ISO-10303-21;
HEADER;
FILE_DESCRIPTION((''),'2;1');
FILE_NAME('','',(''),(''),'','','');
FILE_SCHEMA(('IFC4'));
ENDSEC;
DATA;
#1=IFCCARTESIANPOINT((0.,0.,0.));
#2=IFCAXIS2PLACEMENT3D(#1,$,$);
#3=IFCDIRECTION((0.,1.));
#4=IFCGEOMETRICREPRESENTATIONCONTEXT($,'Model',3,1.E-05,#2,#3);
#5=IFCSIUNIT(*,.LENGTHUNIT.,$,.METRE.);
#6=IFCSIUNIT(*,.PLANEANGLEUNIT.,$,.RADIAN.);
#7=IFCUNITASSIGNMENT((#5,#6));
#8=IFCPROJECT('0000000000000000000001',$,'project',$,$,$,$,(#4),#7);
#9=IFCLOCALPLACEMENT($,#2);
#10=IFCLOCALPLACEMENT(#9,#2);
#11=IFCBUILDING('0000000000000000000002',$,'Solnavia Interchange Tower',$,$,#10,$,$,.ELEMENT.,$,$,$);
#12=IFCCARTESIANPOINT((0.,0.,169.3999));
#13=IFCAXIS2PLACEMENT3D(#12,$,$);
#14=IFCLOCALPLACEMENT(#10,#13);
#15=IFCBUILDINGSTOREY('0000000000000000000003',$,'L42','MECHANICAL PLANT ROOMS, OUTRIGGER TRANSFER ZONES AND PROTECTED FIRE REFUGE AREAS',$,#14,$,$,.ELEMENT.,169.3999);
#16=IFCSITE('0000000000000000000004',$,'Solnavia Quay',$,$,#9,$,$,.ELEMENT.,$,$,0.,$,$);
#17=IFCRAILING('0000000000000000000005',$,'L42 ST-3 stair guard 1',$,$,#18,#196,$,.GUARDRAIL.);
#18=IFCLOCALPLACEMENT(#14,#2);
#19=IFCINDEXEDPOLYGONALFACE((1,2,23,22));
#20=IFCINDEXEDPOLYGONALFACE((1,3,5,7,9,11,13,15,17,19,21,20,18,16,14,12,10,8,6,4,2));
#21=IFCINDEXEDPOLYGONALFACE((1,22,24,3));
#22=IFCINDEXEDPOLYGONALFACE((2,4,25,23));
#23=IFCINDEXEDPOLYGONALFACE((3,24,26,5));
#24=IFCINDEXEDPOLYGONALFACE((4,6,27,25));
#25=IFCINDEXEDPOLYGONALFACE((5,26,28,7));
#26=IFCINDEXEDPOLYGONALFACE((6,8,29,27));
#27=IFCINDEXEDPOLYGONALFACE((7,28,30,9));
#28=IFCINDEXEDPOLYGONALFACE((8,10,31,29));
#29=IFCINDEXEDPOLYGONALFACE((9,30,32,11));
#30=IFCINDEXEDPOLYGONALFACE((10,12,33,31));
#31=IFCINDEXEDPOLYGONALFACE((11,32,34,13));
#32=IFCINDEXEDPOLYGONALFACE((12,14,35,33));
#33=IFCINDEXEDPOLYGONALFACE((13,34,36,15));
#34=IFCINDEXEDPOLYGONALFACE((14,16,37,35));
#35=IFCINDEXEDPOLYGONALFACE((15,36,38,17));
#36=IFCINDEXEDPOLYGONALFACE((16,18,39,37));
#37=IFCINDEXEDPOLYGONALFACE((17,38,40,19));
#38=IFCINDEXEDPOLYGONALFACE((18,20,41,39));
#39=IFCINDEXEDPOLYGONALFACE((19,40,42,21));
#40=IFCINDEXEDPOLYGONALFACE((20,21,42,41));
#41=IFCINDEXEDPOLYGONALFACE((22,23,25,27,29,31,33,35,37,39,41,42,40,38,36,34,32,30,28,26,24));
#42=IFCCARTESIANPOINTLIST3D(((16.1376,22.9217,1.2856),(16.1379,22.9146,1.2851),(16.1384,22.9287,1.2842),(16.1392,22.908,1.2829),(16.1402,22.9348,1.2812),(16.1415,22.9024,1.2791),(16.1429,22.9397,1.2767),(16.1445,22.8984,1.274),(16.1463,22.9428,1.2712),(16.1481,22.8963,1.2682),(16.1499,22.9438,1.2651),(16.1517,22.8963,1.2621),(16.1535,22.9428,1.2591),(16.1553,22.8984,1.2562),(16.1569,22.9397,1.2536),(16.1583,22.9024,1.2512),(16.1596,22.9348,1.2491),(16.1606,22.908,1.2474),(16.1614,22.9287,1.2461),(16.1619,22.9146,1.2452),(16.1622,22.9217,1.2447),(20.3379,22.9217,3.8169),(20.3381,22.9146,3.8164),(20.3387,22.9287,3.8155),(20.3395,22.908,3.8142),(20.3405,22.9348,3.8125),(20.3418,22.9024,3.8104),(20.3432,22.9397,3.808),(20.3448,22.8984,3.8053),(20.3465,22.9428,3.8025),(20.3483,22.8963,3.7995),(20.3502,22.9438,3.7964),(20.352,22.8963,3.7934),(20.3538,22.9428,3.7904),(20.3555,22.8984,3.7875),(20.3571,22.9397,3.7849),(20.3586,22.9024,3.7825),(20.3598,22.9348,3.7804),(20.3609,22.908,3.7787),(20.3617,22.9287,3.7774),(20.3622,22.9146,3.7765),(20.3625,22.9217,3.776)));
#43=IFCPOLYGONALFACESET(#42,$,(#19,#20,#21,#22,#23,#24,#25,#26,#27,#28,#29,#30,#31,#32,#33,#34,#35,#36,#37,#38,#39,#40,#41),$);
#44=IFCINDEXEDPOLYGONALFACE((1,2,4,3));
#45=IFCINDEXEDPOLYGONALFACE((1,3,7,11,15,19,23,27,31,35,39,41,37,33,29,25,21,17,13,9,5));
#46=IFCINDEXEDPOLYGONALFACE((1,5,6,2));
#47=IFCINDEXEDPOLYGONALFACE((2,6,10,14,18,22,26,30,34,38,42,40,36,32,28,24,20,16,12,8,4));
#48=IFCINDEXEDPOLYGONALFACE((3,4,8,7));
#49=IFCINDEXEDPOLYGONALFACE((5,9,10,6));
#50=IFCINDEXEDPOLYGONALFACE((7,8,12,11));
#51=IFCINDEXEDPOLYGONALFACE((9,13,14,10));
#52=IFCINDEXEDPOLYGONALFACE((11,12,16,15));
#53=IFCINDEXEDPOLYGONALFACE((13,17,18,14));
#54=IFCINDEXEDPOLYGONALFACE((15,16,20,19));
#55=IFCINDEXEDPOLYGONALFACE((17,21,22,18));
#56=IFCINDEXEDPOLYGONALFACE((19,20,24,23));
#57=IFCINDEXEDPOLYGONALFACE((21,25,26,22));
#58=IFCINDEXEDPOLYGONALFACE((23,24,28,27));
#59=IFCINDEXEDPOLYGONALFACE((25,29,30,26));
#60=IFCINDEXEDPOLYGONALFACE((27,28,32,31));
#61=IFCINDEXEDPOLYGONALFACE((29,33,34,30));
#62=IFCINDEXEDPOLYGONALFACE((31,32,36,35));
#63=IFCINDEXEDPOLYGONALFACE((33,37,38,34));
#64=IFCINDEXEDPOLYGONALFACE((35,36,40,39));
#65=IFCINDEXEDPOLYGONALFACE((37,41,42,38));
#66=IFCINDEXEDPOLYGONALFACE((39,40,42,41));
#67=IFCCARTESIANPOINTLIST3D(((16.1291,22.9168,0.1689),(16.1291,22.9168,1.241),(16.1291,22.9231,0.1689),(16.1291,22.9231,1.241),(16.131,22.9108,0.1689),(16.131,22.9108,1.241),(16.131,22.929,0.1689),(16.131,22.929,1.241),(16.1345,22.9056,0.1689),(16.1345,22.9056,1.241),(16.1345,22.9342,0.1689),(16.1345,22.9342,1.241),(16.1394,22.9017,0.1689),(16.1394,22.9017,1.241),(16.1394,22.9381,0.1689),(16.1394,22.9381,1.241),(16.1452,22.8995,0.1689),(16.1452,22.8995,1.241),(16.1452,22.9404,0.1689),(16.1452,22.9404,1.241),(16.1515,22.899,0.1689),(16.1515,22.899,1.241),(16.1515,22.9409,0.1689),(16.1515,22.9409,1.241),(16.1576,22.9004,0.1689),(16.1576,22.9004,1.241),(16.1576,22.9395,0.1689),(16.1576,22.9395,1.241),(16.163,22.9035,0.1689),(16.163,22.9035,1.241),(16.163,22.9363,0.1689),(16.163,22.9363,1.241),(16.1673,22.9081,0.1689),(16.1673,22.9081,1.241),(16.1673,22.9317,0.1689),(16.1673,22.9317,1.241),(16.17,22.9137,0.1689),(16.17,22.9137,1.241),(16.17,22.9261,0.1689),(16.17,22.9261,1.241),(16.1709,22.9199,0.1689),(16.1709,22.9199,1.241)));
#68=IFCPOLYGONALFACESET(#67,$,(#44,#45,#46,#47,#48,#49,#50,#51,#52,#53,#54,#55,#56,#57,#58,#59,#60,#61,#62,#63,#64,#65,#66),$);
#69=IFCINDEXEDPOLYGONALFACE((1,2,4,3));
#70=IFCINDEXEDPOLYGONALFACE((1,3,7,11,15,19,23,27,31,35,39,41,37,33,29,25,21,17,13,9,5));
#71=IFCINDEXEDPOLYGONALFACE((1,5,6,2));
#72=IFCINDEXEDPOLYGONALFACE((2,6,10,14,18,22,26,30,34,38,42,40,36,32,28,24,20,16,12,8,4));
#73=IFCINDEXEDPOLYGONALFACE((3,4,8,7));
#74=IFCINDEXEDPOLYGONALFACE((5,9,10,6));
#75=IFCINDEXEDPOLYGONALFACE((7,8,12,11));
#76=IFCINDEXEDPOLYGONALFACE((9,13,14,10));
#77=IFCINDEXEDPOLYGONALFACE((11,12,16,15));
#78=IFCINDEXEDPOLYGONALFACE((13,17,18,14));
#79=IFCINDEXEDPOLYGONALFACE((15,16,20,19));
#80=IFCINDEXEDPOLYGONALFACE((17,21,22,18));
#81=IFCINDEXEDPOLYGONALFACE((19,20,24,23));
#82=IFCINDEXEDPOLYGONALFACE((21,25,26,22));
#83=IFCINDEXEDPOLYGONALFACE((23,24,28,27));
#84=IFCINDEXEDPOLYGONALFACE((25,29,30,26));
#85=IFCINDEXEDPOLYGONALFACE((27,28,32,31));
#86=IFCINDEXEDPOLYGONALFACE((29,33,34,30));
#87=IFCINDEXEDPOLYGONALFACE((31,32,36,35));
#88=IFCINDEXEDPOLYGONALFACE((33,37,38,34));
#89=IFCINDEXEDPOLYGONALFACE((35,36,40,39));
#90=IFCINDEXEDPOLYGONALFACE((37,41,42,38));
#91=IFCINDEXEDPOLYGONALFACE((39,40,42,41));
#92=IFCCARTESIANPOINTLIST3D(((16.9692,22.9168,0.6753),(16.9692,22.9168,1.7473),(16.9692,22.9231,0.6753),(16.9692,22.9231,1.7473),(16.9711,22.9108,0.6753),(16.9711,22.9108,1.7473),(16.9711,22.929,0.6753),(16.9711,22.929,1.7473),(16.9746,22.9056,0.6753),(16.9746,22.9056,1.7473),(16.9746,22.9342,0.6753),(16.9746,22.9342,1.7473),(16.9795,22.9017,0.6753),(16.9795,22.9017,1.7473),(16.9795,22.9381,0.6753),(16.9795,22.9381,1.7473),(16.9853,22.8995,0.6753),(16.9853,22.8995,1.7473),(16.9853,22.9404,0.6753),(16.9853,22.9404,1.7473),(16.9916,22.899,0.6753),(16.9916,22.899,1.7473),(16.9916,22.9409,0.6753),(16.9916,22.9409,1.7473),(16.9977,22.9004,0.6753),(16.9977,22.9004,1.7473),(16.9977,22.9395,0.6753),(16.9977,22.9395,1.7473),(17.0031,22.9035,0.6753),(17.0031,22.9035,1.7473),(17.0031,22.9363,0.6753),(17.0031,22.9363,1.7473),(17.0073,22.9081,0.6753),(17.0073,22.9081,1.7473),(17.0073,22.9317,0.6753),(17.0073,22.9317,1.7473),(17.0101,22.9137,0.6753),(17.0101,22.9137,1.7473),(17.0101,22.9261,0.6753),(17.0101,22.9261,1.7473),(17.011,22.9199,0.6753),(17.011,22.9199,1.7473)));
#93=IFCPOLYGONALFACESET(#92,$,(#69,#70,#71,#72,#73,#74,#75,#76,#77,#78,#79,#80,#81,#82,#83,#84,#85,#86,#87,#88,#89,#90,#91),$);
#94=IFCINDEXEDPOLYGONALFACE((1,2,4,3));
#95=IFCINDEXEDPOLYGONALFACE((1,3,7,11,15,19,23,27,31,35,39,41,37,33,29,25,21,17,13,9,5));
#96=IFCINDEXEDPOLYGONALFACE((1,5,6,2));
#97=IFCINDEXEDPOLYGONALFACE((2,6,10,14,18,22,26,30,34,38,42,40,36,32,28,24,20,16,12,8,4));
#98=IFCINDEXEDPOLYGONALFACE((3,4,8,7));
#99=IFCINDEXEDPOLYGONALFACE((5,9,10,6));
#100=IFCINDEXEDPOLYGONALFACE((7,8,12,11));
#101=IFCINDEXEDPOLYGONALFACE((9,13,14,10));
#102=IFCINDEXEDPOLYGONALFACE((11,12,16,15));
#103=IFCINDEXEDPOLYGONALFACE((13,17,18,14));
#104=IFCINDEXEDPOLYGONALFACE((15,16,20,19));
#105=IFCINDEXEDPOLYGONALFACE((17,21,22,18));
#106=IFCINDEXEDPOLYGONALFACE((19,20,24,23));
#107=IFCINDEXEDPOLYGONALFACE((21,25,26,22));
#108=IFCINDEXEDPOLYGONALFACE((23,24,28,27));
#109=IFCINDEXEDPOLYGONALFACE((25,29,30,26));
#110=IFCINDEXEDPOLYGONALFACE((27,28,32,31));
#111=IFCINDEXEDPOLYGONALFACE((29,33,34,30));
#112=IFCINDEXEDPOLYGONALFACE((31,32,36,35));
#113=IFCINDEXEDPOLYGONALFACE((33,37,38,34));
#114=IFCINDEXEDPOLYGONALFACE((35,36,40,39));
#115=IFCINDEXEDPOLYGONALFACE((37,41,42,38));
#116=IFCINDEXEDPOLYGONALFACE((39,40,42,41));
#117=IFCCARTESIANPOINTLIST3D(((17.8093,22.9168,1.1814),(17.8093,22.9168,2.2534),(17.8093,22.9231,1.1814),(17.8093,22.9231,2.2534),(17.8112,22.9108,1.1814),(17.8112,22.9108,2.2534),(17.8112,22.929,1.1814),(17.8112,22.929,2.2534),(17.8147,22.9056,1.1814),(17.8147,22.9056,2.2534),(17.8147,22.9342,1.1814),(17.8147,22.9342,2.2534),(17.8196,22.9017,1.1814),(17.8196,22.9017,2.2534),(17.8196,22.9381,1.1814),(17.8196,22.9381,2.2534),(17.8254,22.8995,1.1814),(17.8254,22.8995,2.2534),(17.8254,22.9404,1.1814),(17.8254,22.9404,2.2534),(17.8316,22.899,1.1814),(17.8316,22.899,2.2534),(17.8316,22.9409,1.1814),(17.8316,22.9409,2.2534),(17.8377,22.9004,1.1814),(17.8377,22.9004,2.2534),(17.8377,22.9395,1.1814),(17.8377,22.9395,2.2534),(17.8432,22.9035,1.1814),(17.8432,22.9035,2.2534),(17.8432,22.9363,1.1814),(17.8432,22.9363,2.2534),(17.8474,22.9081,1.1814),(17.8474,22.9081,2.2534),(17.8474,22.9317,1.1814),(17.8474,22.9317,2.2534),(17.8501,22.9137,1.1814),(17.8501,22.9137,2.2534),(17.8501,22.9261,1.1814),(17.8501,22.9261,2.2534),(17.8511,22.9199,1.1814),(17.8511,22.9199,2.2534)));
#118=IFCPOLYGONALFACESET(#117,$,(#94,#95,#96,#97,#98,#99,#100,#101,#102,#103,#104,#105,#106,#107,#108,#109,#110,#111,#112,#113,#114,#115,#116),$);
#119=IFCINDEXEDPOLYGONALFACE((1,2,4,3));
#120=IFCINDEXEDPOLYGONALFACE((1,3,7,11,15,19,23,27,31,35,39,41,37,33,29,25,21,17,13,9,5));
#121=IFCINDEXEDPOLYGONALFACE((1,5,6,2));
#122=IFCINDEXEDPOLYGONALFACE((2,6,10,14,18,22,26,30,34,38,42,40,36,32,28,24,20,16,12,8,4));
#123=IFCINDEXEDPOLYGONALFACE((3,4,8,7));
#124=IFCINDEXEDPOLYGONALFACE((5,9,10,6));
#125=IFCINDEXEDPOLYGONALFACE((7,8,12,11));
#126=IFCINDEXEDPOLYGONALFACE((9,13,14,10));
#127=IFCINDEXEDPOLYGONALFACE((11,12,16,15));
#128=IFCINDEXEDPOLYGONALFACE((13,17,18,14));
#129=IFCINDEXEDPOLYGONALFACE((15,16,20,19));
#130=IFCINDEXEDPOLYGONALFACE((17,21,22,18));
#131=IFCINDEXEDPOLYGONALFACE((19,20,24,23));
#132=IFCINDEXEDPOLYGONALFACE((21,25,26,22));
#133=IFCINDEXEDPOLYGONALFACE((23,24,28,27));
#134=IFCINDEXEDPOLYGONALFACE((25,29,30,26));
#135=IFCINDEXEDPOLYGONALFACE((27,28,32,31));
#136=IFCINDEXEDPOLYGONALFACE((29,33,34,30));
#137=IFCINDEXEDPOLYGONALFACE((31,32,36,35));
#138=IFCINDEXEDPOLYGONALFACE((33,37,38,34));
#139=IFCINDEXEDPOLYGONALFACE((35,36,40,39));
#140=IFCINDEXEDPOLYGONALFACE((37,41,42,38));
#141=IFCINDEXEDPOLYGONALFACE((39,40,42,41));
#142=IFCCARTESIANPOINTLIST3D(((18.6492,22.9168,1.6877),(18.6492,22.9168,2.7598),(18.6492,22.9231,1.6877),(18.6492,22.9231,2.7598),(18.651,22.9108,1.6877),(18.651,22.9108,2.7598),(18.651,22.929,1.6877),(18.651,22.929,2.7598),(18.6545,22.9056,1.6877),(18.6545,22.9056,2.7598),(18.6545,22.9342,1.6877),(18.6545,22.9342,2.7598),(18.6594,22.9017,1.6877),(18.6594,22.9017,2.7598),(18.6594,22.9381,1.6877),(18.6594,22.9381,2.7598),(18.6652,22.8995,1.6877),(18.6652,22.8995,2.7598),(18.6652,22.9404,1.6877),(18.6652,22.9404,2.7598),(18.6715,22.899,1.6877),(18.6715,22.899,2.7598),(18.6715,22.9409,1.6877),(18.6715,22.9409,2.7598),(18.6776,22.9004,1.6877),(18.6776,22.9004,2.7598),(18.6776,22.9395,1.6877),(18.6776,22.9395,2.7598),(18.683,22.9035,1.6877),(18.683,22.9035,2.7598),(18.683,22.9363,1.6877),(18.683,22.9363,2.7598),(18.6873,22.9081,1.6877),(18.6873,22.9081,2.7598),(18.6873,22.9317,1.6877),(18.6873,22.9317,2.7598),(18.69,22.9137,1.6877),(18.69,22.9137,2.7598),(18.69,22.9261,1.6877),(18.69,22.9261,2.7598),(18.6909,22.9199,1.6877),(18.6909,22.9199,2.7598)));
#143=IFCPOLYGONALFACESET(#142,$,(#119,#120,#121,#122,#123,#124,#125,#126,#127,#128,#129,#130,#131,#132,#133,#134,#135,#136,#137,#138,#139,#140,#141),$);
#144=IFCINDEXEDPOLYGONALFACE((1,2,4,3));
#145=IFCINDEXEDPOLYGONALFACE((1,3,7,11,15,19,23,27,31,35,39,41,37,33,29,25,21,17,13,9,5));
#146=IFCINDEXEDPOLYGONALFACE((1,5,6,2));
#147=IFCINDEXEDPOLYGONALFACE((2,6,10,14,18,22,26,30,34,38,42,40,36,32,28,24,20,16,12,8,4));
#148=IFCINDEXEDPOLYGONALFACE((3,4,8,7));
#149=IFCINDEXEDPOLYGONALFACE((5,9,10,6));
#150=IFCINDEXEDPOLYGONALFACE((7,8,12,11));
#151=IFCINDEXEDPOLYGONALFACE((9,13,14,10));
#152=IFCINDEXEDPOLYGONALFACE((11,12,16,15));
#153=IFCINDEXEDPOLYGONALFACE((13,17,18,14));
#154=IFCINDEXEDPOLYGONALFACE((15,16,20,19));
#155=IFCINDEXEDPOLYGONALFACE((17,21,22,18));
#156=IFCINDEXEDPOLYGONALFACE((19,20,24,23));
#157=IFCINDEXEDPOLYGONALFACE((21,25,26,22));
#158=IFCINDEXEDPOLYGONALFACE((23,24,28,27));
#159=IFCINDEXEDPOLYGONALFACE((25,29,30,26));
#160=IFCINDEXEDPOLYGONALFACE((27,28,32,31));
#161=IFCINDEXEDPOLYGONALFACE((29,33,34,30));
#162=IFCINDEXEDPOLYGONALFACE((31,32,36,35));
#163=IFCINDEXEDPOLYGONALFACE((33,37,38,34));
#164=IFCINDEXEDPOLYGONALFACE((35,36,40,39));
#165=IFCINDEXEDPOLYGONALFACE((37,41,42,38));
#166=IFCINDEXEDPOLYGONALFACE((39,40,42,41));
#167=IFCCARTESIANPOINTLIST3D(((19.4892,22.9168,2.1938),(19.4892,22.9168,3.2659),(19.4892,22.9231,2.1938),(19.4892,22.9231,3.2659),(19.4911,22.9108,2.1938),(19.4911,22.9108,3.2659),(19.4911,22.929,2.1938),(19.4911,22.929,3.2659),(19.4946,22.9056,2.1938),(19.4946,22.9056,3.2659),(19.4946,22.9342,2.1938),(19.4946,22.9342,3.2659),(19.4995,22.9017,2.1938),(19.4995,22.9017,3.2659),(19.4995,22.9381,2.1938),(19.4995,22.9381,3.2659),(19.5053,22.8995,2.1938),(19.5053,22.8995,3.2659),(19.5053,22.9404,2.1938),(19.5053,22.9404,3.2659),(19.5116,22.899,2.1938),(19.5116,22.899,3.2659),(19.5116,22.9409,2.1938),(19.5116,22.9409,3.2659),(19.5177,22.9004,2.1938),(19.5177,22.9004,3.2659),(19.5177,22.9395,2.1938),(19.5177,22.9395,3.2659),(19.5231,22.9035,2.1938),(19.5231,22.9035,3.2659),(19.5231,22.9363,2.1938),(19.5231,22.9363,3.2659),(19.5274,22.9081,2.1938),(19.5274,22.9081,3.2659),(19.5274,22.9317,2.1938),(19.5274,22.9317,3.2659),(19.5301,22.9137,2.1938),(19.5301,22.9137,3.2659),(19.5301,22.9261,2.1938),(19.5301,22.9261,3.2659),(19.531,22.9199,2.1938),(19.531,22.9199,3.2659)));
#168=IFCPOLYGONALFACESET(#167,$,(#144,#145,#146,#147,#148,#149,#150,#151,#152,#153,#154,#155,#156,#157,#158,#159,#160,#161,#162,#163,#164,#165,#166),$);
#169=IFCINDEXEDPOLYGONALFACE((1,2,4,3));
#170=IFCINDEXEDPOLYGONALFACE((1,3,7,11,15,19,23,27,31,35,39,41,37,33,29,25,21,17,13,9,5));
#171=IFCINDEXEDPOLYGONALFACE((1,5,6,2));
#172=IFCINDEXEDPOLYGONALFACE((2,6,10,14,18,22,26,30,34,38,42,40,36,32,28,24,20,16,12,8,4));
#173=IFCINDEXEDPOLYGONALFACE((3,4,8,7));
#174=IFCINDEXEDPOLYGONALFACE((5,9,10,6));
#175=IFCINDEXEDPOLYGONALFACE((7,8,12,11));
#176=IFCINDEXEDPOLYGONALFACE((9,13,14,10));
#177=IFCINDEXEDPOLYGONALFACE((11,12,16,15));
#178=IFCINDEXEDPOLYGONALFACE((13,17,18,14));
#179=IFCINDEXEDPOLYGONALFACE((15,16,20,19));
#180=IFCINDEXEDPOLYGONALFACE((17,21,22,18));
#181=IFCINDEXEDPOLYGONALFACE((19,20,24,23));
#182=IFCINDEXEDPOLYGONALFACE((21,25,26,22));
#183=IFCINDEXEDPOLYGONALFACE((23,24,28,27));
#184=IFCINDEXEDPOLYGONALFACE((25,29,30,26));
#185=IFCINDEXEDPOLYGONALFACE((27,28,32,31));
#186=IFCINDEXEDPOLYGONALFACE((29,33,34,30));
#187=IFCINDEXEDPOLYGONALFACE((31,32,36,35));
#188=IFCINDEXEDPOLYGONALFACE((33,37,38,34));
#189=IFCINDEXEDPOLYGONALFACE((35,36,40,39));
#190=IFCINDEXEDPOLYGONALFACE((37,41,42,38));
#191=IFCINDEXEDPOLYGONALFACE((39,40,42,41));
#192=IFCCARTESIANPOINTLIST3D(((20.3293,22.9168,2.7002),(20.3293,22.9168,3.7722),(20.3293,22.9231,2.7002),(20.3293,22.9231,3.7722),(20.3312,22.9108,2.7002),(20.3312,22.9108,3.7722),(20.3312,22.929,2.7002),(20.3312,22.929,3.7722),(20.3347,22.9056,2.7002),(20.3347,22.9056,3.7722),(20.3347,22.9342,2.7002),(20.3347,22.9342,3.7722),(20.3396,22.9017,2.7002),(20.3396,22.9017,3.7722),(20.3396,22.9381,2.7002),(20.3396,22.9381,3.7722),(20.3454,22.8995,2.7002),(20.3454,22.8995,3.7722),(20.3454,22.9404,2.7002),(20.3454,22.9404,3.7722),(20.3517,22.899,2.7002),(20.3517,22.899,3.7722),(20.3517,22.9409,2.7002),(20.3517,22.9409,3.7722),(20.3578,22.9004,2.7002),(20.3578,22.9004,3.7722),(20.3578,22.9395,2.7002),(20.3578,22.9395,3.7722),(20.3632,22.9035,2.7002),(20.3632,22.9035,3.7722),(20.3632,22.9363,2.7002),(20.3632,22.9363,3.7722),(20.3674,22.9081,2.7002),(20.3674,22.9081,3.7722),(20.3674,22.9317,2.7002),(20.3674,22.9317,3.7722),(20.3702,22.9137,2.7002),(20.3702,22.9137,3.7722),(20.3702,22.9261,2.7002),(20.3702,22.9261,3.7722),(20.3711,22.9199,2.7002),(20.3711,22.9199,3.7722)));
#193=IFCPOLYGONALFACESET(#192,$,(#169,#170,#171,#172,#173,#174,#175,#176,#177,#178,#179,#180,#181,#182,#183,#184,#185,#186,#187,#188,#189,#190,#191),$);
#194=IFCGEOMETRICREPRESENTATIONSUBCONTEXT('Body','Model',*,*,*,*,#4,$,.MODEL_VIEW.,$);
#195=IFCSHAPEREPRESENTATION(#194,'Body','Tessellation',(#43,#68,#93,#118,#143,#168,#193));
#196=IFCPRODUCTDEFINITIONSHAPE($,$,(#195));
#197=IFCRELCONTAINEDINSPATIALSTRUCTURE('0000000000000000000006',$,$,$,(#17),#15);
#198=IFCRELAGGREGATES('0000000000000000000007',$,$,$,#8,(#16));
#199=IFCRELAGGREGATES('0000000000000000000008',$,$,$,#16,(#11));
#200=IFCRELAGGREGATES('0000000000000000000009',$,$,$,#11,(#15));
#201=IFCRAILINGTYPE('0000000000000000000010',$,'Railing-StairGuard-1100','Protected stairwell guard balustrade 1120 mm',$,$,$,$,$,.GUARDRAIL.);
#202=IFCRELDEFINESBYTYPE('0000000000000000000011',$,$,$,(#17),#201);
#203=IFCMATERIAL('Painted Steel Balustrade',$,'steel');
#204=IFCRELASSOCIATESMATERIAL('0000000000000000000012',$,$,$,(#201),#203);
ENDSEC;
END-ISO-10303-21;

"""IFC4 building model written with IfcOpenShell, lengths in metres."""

from ifc_helpers import new_model, si_unit, direction, frame, origin, origin_2d, place, context, subcontext, project, spatial, circle, extrude, material, type_object, element, save


model = new_model("IFC4")

# Units and contexts
model_context = context("Model", 3, precision=1e-05, world=origin(), true_north=direction((0.0, 1.0)))
body_context = subcontext(model_context, "Body", "Model", "MODEL_VIEW")
ifc_project = project(units=[si_unit("LENGTHUNIT", "METRE"), si_unit("PLANEANGLEUNIT", "RADIAN")], contexts=[model_context])

# Site, building, storey
site_placement = place(None, origin())
site = spatial("IfcSite", under=ifc_project, at=site_placement, Name="Solnavia Quay", CompositionType="ELEMENT", RefElevation=0.0)
building_placement = place(site_placement, origin())
building = spatial("IfcBuilding", under=site, at=building_placement, Name="Solnavia Interchange Tower", CompositionType="ELEMENT")
storey_placement = place(building_placement, frame((0.0, 0.0, 169.3999)))
storey = spatial("IfcBuildingStorey", under=building, at=storey_placement, Name="L42", Description="MECHANICAL PLANT ROOMS, OUTRIGGER TRANSFER ZONES AND PROTECTED FIRE REFUGE AREAS", CompositionType="ELEMENT", Elevation=169.3999)

# Railing
ifc_material_1 = material(Name="Painted Steel Balustrade", Category="steel")
railing_type_1 = type_object("IfcRailingType", Name="Railing-StairGuard-1100", Description="Protected stairwell guard balustrade 1120 mm", PredefinedType="GUARDRAIL", material=ifc_material_1)
railing_1_placement = place(storey_placement, frame((16.1499, 22.9199, 0.1689)))
element("IfcRailing", 1, at=railing_1_placement, inside=storey, type_object=railing_type_1, Name="L42 ST-3 stair guard 1", PredefinedType="GUARDRAIL", context=body_context, shape_type="SweptSolid", body=[
    extrude(circle(Radius=0.0239, at=origin_2d()), frame((0.0, 0.0, 1.0962), z_axis=(0.85649, 0.0, 0.516164), x_axis=(0.0, 1.0, 0.0)), (0.0, 0.0, 1.0), 4.9041),
    extrude(circle(Radius=0.021, at=origin_2d()), origin(), (0.0, 0.0, 1.0), 1.072),
    extrude(circle(Radius=0.021, at=origin_2d()), frame((0.8401, 0.0, 0.5063)), (0.0, 0.0, 1.0), 1.072),
    extrude(circle(Radius=0.021, at=origin_2d()), frame((1.6802, 0.0, 1.0125)), (0.0, 0.0, 1.0), 1.072),
    extrude(circle(Radius=0.021, at=origin_2d()), frame((2.52, 0.0, 1.5188)), (0.0, 0.0, 1.0), 1.072),
    extrude(circle(Radius=0.021, at=origin_2d()), frame((3.3601, 0.0, 2.0249)), (0.0, 0.0, 1.0), 1.072),
    extrude(circle(Radius=0.021, at=origin_2d()), frame((4.2002, 0.0, 2.5312)), (0.0, 0.0, 1.0), 1.072),
])

save(model, "model.ifc")
